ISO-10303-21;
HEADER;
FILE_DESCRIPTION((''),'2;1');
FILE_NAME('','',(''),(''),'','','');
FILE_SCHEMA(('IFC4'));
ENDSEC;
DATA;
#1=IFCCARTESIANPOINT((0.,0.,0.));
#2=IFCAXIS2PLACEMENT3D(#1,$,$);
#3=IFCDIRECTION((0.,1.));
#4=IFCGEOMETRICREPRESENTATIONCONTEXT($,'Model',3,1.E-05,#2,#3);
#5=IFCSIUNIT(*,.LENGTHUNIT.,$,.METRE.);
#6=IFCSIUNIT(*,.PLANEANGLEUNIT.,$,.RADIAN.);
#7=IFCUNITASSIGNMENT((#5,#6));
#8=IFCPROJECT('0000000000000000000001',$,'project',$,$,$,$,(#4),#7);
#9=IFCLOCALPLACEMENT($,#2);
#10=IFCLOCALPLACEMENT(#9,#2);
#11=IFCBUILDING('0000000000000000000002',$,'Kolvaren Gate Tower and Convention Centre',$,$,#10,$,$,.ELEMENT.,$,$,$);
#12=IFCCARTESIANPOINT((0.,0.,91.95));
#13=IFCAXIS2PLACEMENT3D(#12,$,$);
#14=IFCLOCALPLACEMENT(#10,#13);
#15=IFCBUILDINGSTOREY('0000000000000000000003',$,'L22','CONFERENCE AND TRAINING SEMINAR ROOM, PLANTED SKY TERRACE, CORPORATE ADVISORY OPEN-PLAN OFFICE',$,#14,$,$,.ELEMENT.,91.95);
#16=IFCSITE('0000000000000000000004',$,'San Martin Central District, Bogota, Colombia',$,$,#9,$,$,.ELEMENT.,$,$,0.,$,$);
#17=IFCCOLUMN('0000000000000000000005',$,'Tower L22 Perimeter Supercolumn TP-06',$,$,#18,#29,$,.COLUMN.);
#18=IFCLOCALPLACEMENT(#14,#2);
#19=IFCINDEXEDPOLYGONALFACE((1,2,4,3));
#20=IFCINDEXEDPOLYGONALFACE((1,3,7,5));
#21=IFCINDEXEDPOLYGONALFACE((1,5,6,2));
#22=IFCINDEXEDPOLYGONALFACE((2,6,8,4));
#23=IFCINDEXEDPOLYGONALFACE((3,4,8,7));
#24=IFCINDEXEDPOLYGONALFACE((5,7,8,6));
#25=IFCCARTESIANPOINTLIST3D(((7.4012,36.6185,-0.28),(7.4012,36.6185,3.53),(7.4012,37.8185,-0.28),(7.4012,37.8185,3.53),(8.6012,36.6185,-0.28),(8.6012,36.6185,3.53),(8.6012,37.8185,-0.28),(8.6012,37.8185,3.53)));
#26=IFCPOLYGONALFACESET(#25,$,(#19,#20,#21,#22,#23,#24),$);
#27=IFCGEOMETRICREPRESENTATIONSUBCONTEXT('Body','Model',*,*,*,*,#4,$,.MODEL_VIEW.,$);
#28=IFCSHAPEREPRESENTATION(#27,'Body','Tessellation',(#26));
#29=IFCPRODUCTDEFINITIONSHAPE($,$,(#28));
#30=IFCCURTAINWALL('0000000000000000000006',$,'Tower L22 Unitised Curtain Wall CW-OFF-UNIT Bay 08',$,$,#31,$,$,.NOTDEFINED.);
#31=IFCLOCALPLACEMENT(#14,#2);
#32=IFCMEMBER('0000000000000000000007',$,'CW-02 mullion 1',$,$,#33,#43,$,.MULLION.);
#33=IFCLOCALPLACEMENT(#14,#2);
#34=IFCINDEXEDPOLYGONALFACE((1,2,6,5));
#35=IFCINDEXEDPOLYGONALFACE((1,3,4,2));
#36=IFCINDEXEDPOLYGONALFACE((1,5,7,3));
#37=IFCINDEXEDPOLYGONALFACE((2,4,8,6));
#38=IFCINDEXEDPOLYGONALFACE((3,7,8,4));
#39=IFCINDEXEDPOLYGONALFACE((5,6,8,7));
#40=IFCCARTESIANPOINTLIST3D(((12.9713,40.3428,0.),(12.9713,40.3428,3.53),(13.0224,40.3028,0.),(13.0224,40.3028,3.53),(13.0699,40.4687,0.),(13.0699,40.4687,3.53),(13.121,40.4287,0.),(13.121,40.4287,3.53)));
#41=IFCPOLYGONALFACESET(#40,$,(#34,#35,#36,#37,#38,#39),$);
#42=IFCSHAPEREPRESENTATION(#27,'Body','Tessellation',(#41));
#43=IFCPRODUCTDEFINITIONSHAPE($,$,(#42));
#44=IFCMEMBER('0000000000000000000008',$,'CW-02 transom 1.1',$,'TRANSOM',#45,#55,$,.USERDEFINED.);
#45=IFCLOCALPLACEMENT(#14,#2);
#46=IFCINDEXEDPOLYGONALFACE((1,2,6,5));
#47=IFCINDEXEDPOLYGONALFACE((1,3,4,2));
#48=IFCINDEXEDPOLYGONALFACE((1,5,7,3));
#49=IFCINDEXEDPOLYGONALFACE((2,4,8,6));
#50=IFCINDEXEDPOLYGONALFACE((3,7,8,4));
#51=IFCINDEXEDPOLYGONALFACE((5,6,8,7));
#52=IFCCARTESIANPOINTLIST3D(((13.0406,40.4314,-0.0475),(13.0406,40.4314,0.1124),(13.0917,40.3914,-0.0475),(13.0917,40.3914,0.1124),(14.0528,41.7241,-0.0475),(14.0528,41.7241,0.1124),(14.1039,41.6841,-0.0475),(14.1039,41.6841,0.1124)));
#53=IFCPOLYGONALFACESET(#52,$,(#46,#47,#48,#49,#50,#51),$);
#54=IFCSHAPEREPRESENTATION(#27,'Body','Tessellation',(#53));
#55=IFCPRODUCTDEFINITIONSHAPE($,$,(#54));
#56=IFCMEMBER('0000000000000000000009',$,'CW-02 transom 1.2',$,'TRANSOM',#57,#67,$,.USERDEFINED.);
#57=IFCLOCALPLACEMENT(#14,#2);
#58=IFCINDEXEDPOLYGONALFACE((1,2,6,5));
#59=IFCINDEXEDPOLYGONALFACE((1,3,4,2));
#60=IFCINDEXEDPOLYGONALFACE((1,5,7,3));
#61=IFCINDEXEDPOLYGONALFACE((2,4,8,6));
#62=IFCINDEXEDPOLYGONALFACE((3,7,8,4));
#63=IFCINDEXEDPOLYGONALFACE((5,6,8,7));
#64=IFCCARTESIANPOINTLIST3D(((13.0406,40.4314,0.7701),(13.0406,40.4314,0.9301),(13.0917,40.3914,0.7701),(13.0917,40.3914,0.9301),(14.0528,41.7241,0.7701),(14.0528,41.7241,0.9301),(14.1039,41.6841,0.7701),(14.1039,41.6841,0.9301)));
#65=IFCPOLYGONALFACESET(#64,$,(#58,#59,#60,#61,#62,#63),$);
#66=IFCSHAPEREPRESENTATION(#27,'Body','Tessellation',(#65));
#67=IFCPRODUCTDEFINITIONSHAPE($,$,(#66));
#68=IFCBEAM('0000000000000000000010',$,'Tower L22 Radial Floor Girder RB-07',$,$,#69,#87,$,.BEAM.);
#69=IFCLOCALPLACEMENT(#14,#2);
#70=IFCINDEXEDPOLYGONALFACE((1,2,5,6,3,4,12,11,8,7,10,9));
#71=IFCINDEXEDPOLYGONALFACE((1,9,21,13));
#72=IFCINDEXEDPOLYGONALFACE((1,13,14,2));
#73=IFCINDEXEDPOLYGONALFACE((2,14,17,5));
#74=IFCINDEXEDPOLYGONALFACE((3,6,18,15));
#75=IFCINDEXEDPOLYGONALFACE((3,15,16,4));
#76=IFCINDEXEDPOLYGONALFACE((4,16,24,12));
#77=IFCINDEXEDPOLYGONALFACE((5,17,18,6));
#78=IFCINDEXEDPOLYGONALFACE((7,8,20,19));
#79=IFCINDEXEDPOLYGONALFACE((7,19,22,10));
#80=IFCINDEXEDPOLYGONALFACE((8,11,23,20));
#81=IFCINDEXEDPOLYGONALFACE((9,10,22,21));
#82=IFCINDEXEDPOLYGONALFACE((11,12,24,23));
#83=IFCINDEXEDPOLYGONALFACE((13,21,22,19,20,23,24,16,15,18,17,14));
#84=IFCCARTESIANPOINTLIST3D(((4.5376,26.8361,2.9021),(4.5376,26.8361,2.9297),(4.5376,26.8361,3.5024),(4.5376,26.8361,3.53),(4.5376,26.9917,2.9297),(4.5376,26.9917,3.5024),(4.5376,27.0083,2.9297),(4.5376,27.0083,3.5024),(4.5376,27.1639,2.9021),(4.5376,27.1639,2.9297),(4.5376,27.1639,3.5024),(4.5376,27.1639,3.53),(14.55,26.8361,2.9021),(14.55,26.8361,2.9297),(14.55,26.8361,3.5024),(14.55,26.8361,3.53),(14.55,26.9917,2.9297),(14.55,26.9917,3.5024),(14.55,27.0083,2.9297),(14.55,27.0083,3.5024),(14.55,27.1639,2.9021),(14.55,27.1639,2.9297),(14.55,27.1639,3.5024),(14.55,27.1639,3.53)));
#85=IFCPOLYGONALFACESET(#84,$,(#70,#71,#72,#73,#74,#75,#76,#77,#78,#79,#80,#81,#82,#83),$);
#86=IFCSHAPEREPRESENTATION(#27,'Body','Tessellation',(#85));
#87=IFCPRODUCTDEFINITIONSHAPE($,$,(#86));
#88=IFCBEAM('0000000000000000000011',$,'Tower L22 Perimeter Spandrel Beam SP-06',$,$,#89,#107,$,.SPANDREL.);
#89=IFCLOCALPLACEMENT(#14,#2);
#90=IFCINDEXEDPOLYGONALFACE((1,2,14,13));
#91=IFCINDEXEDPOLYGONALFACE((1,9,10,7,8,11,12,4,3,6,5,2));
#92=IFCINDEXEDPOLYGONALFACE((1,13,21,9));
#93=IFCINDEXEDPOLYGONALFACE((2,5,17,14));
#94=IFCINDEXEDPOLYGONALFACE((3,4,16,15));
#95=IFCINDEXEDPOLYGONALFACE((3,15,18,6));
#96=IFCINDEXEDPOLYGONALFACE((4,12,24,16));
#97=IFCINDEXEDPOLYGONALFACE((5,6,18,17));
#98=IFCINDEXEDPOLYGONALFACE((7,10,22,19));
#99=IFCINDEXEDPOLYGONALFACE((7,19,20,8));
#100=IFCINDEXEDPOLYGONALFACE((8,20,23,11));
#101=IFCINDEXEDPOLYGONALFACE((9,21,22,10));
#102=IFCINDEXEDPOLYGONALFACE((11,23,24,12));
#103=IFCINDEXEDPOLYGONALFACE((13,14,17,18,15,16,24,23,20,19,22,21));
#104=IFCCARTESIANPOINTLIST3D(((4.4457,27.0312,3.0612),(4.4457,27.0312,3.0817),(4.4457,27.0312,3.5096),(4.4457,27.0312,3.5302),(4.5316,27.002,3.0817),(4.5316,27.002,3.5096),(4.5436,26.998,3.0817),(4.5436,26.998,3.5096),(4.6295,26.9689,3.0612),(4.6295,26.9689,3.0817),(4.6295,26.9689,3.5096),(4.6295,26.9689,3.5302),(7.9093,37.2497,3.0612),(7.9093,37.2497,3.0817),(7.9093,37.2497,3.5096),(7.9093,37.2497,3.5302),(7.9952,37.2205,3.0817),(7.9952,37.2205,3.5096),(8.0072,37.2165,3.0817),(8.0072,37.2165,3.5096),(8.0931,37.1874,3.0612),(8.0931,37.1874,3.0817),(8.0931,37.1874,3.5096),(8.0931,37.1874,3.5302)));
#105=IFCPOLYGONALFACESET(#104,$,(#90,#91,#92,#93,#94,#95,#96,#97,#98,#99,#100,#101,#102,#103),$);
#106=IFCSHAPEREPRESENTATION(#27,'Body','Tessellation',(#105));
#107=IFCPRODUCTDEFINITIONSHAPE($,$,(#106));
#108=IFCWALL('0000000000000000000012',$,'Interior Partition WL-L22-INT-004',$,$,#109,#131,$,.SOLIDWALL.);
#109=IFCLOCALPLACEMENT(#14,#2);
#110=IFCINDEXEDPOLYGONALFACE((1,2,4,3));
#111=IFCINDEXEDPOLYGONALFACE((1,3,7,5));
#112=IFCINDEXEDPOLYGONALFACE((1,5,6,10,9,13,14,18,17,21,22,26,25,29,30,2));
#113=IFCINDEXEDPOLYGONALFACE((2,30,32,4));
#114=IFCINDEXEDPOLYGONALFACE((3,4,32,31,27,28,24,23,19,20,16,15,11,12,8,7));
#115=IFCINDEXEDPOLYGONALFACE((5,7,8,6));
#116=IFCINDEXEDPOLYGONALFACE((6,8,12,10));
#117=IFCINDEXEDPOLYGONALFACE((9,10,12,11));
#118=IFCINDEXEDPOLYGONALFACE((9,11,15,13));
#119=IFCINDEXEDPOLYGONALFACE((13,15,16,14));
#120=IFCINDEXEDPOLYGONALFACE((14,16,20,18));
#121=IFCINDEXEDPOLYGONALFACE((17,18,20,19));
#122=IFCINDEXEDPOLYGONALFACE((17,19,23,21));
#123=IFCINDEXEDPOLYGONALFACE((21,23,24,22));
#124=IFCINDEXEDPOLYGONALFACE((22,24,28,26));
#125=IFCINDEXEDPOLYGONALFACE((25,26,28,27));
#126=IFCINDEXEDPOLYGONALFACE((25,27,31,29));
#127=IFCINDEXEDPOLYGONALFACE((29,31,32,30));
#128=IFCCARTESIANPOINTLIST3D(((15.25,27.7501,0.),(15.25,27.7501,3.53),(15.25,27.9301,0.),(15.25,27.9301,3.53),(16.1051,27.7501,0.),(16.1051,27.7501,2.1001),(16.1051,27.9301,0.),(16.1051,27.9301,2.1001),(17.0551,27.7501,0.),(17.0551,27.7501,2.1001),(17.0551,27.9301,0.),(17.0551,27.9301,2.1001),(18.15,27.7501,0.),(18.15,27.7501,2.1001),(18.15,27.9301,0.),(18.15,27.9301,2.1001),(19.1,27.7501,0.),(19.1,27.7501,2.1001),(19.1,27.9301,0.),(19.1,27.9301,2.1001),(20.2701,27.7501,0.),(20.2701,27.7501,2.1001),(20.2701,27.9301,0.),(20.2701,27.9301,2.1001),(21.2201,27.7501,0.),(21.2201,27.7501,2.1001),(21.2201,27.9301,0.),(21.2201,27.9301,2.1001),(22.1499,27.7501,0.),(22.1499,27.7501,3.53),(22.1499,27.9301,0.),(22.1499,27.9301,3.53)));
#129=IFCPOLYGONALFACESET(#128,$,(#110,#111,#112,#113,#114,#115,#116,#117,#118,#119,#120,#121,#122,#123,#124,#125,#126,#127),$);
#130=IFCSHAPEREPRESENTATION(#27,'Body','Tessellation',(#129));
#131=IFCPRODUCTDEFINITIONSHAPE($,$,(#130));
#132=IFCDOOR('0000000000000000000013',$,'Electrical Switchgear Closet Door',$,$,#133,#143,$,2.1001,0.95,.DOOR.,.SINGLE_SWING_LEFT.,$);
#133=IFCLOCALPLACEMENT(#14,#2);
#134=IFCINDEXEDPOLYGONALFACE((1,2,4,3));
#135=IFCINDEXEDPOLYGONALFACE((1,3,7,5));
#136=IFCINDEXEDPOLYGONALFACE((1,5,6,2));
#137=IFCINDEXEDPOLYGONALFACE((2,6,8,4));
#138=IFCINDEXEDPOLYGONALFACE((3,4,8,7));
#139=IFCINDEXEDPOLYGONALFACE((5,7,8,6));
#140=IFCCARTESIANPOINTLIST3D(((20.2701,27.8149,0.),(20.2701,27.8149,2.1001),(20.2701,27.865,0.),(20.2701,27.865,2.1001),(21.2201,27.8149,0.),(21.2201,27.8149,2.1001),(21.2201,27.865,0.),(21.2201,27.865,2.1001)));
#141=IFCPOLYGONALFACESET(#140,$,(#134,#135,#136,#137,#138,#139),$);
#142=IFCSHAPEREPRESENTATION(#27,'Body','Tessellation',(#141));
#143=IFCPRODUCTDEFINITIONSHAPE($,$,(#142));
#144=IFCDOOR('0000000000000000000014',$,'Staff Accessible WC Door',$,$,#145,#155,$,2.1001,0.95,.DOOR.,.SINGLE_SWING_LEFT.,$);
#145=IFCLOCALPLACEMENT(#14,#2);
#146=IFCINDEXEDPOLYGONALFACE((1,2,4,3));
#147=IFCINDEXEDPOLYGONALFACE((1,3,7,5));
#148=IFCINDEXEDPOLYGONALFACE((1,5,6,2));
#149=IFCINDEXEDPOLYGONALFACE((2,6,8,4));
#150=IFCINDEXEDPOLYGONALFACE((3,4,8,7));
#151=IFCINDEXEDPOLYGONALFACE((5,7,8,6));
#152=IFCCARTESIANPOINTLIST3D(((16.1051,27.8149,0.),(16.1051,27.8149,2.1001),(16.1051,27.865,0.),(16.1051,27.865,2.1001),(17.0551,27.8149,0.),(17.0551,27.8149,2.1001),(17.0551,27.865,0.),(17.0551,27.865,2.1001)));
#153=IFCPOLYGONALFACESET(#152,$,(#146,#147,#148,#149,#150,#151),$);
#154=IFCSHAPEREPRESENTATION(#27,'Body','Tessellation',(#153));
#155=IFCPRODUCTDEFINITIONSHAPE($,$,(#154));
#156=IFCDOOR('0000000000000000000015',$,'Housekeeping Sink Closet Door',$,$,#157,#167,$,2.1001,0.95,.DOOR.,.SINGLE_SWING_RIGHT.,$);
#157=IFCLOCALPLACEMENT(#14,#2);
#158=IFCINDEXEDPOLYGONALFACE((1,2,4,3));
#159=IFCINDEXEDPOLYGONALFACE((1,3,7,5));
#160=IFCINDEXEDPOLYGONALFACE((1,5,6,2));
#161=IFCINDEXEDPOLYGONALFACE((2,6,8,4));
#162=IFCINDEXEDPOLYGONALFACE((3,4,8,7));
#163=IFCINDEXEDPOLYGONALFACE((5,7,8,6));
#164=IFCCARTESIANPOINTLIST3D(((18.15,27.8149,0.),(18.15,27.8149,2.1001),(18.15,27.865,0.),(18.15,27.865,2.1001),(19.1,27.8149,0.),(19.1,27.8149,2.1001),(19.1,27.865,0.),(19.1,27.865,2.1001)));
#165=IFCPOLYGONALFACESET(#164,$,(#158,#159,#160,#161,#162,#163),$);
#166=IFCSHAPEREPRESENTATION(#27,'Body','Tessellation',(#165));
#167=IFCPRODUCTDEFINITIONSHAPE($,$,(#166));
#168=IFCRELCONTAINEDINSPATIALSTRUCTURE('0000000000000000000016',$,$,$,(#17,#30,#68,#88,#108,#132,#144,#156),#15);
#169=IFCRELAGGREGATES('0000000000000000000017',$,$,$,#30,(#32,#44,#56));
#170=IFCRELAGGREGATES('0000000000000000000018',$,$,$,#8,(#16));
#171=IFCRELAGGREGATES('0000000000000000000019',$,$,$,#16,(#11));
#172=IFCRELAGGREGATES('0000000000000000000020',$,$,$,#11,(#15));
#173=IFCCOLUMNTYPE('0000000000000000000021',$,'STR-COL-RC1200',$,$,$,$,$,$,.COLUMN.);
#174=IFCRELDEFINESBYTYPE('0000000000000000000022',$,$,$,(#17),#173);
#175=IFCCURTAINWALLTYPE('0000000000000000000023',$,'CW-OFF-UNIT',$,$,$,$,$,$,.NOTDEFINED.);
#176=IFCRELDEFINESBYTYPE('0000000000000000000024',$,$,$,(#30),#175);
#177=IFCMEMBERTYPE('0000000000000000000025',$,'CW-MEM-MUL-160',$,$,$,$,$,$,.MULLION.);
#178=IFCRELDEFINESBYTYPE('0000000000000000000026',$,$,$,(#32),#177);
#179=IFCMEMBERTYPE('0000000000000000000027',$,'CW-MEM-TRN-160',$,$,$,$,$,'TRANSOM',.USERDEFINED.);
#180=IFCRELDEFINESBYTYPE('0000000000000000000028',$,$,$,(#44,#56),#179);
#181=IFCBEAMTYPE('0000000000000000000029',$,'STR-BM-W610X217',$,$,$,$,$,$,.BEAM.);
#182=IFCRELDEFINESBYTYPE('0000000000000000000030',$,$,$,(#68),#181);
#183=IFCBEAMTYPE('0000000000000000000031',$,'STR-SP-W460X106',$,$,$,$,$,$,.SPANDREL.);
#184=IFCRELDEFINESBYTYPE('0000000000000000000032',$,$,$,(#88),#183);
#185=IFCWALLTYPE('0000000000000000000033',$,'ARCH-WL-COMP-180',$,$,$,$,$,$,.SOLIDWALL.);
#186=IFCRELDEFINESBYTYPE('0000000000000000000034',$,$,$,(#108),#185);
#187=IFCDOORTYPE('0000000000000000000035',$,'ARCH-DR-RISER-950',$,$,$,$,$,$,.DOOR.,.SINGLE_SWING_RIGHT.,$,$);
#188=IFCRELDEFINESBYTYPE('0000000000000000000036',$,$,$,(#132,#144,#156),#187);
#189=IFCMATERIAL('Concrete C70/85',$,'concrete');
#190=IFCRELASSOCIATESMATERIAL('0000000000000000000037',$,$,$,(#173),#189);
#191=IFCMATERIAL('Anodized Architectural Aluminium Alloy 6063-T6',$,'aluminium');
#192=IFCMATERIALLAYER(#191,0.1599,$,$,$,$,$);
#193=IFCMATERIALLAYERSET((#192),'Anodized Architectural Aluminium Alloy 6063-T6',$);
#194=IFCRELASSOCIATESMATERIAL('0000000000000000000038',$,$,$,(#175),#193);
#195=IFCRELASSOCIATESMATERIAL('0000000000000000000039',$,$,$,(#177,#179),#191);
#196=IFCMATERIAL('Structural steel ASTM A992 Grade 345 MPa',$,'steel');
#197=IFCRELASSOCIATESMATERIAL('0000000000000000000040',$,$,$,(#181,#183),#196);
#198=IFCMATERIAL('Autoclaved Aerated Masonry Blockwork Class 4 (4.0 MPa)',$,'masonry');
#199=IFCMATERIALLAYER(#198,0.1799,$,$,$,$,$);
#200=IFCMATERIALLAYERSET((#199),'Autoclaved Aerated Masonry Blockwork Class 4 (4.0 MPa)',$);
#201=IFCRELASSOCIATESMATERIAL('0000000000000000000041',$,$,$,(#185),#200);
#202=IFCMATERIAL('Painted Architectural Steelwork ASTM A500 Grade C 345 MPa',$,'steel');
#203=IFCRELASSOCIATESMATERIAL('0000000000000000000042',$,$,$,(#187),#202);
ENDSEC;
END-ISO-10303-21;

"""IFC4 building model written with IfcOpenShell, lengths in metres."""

from ifc_helpers import new_model, si_unit, direction, frame, frame_2d, origin, origin_2d, place, context, subcontext, project, spatial, rectangle, i_section, extrude, material, layer, layer_set, material_profile, profile_set, type_object, element, fill, aggregate, save


model = new_model("IFC4")

# Units and contexts
model_context = context("Model", 3, precision=1e-05, world=origin(), true_north=direction((0.0, 1.0)))
body_context = subcontext(model_context, "Body", "Model", "MODEL_VIEW")
ifc_project = project(units=[si_unit("LENGTHUNIT", "METRE"), si_unit("PLANEANGLEUNIT", "RADIAN")], contexts=[model_context])

# Site, building, storey
site_placement = place(None, origin())
site = spatial("IfcSite", under=ifc_project, at=site_placement, Name="San Martin Central District, Bogota, Colombia", CompositionType="ELEMENT", RefElevation=0.0)
building_placement = place(site_placement, origin())
building = spatial("IfcBuilding", under=site, at=building_placement, Name="Kolvaren Gate Tower and Convention Centre", CompositionType="ELEMENT")
storey_placement = place(building_placement, frame((0.0, 0.0, 91.95)))
storey = spatial("IfcBuildingStorey", under=building, at=storey_placement, Name="L22", Description="CONFERENCE AND TRAINING SEMINAR ROOM, PLANTED SKY TERRACE, CORPORATE ADVISORY OPEN-PLAN OFFICE", CompositionType="ELEMENT", Elevation=91.95)

# Column
ifc_material_1 = material(Name="Concrete C70/85", Category="concrete")
ifc_material_profile_1 = material_profile(ifc_material_1, rectangle(XDim=1.2, YDim=1.2, at=origin_2d()), Name="RC-COL-1200X1200")
ifc_profile_set_1 = profile_set([ifc_material_profile_1], Name="Concrete C70/85")
column_type = type_object("IfcColumnType", Name="STR-COL-RC1200", PredefinedType="COLUMN", material=ifc_profile_set_1)
column_placement = place(storey_placement, frame((8.0012, 37.2185, -0.28), z_axis=(0.0, 0.0, 1.0), x_axis=(1.0, 0.0, 0.0)))
element("IfcColumn", 1, at=column_placement, inside=storey, type_object=column_type, Name="Tower L22 Perimeter Supercolumn TP-06", PredefinedType="COLUMN", context=body_context, shape_type="SweptSolid", body=[
    extrude(rectangle(XDim=1.2, YDim=1.2, at=origin_2d()), origin(), (0.0, 0.0, 1.0), 3.8101),
])

# Curtain wall, members
ifc_material_2 = material(Name="Anodized Architectural Aluminium Alloy 6063-T6", Category="aluminium")
ifc_layer_1 = layer(ifc_material_2, 0.1599)
ifc_layer_set_1 = layer_set([ifc_layer_1], Name="Anodized Architectural Aluminium Alloy 6063-T6")
curtain_wall_type = type_object("IfcCurtainWallType", Name="CW-OFF-UNIT", PredefinedType="NOTDEFINED", material=ifc_layer_set_1)
curtain_wall_placement = place(storey_placement, origin())
curtain_wall = element("IfcCurtainWall", 2, at=curtain_wall_placement, inside=storey, type_object=curtain_wall_type, Name="Tower L22 Unitised Curtain Wall CW-OFF-UNIT Bay 08", PredefinedType="NOTDEFINED")
ifc_material_profile_2 = material_profile(ifc_material_2, rectangle(XDim=0.0649, YDim=0.1599, at=origin_2d()), Name="CW-MEM-MUL-160")
ifc_profile_set_2 = profile_set([ifc_material_profile_2], Name="Anodized Architectural Aluminium Alloy 6063-T6")
member_type_1 = type_object("IfcMemberType", Name="CW-MEM-MUL-160", PredefinedType="MULLION", material=ifc_profile_set_2)
member_1_placement = place(storey_placement, frame((13.0461, 40.3857, 0.0), z_axis=(0.0, 0.0, 1.0), x_axis=(-0.787403, 0.616438, 0.0)))
member_1 = element("IfcMember", 3, at=member_1_placement, type_object=member_type_1, Name="CW-02 mullion 1", PredefinedType="MULLION", context=body_context, shape_type="SweptSolid", body=[
    extrude(rectangle(XDim=0.0649, YDim=0.1599, at=origin_2d()), origin(), (0.0, 0.0, 1.0), 3.53),
])
ifc_material_profile_3 = material_profile(ifc_material_2, rectangle(XDim=0.0649, YDim=0.1599, at=origin_2d()), Name="CW-MEM-TRN-160")
ifc_profile_set_3 = profile_set([ifc_material_profile_3], Name="Anodized Architectural Aluminium Alloy 6063-T6")
member_type_2 = type_object("IfcMemberType", Name="CW-MEM-TRN-160", ElementType="TRANSOM", PredefinedType="USERDEFINED", material=ifc_profile_set_3)
member_2_placement = place(storey_placement, frame((13.0662, 40.4114, 0.0325), z_axis=(0.616501, 0.787354, 0.0), x_axis=(-0.787354, 0.616501, 0.0)))
member_2 = element("IfcMember", 4, at=member_2_placement, type_object=member_type_2, Name="CW-02 transom 1.1", ObjectType="TRANSOM", PredefinedType="USERDEFINED", context=body_context, shape_type="SweptSolid", body=[
    extrude(rectangle(XDim=0.0649, YDim=0.1599, at=origin_2d()), origin(), (0.0, 0.0, 1.0), 1.6418),
])
member_3_placement = place(storey_placement, frame((13.0662, 40.4114, 0.8501), z_axis=(0.616501, 0.787354, 0.0), x_axis=(-0.787354, 0.616501, 0.0)))
member_3 = element("IfcMember", 5, at=member_3_placement, type_object=member_type_2, Name="CW-02 transom 1.2", ObjectType="TRANSOM", PredefinedType="USERDEFINED", context=body_context, shape_type="SweptSolid", body=[
    extrude(rectangle(XDim=0.0649, YDim=0.1599, at=origin_2d()), origin(), (0.0, 0.0, 1.0), 1.6418),
])
aggregate(curtain_wall, [member_1, member_2, member_3])

# Beams
ifc_material_3 = material(Name="Structural steel ASTM A992 Grade 345 MPa", Category="steel")
ifc_material_profile_4 = material_profile(ifc_material_3, i_section(OverallWidth=0.3279, OverallDepth=0.6279, WebThickness=0.0166, FlangeThickness=0.0276, at=origin_2d()), Name="W610X217")
ifc_profile_set_4 = profile_set([ifc_material_profile_4], Name="Structural steel ASTM A992 Grade 345 MPa")
beam_type_1 = type_object("IfcBeamType", Name="STR-BM-W610X217", PredefinedType="BEAM", material=ifc_profile_set_4)
beam_1_placement = place(storey_placement, frame((14.55, 27.0, 3.2161), z_axis=(-1.0, 0.0, 0.0), x_axis=(0.0, -1.0, 0.0)))
element("IfcBeam", 6, at=beam_1_placement, inside=storey, type_object=beam_type_1, Name="Tower L22 Radial Floor Girder RB-07", PredefinedType="BEAM", context=body_context, shape_type="SweptSolid", body=[
    extrude(i_section(OverallWidth=0.3279, OverallDepth=0.6279, WebThickness=0.0166, FlangeThickness=0.0276, at=origin_2d()), origin(), (0.0, 0.0, 1.0), 10.0125),
])
ifc_material_profile_5 = material_profile(ifc_material_3, i_section(OverallWidth=0.1941, OverallDepth=0.469, WebThickness=0.0127, FlangeThickness=0.0205, at=origin_2d()), Name="W460X106")
ifc_profile_set_5 = profile_set([ifc_material_profile_5], Name="Structural steel ASTM A992 Grade 345 MPa")
beam_type_2 = type_object("IfcBeamType", Name="STR-SP-W460X106", PredefinedType="SPANDREL", material=ifc_profile_set_5)
beam_2_placement = place(storey_placement, frame((8.0012, 37.2185, 3.2957), z_axis=(-0.321016, -0.947074, 0.0), x_axis=(0.947074, -0.321016, 0.0)))
element("IfcBeam", 7, at=beam_2_placement, inside=storey, type_object=beam_type_2, Name="Tower L22 Perimeter Spandrel Beam SP-06", PredefinedType="SPANDREL", context=body_context, shape_type="SweptSolid", body=[
    extrude(i_section(OverallWidth=0.1941, OverallDepth=0.469, WebThickness=0.0127, FlangeThickness=0.0205, at=origin_2d()), origin(), (0.0, 0.0, 1.0), 10.7896),
])

# Wall, openings, doors
ifc_material_4 = material(Name="Autoclaved Aerated Masonry Blockwork Class 4 (4.0 MPa)", Category="masonry")
ifc_layer_2 = layer(ifc_material_4, 0.1799)
ifc_layer_set_2 = layer_set([ifc_layer_2], Name="Autoclaved Aerated Masonry Blockwork Class 4 (4.0 MPa)")
wall_type_1 = type_object("IfcWallType", Name="ARCH-WL-COMP-180", PredefinedType="SOLIDWALL", material=ifc_layer_set_2)
wall_1_placement = place(storey_placement, frame((15.25, 27.8401, 0.0), z_axis=(0.0, 0.0, 1.0), x_axis=(1.0, 0.0, 0.0)))
wall_1 = element("IfcWall", 8, at=wall_1_placement, inside=storey, type_object=wall_type_1, Name="Interior Partition WL-L22-INT-004", PredefinedType="SOLIDWALL", context=body_context, shape_type="SweptSolid", body=[
    extrude(rectangle(XDim=6.8999, YDim=0.1799, at=frame_2d((3.45, 0.0))), origin(), (0.0, 0.0, 1.0), 3.53),
])
opening_1_placement = place(wall_1_placement, frame((5.02, 0.0, 0.0)))
opening_1 = element("IfcOpeningElement", 9, at=opening_1_placement, cuts=wall_1, PredefinedType="OPENING", context=body_context, shape_type="SweptSolid", body=[
    extrude(rectangle(XDim=0.95, YDim=2.1001, at=frame_2d((0.4751, 1.05))), frame((0.0, 0.0999, 0.0), z_axis=(0.0, -1.0, 0.0), x_axis=(1.0, 0.0, 0.0)), (0.0, 0.0, 1.0), 0.2),
])
opening_2_placement = place(wall_1_placement, frame((0.855, 0.0, 0.0)))
opening_2 = element("IfcOpeningElement", 10, at=opening_2_placement, cuts=wall_1, PredefinedType="OPENING", context=body_context, shape_type="SweptSolid", body=[
    extrude(rectangle(XDim=0.95, YDim=2.1001, at=frame_2d((0.4751, 1.05))), frame((0.0, 0.0999, 0.0), z_axis=(0.0, -1.0, 0.0), x_axis=(1.0, 0.0, 0.0)), (0.0, 0.0, 1.0), 0.2),
])
opening_3_placement = place(wall_1_placement, frame((2.8999, 0.0, 0.0)))
opening_3 = element("IfcOpeningElement", 11, at=opening_3_placement, cuts=wall_1, PredefinedType="OPENING", context=body_context, shape_type="SweptSolid", body=[
    extrude(rectangle(XDim=0.95, YDim=2.1001, at=frame_2d((0.4751, 1.05))), frame((0.0, 0.0999, 0.0), z_axis=(0.0, -1.0, 0.0), x_axis=(1.0, 0.0, 0.0)), (0.0, 0.0, 1.0), 0.2),
])
ifc_material_5 = material(Name="Painted Architectural Steelwork ASTM A500 Grade C 345 MPa", Category="steel")
door_type_1 = type_object("IfcDoorType", Name="ARCH-DR-RISER-950", OperationType="SINGLE_SWING_RIGHT", PredefinedType="DOOR", material=ifc_material_5)
door_1_placement = place(opening_1_placement, origin())
door_1 = element("IfcDoor", 12, at=door_1_placement, inside=storey, type_object=door_type_1, Name="Electrical Switchgear Closet Door", OperationType="SINGLE_SWING_LEFT", OverallHeight=2.1001, OverallWidth=0.95, PredefinedType="DOOR", context=body_context, shape_type="SweptSolid", body=[
    extrude(rectangle(XDim=0.95, YDim=2.1001, at=frame_2d((0.4751, 1.05))), frame((0.0, 0.0249, 0.0), z_axis=(0.0, -1.0, 0.0), x_axis=(1.0, 0.0, 0.0)), (0.0, 0.0, 1.0), 0.05),
])
fill(opening_1, door_1)
door_2_placement = place(opening_2_placement, origin())
door_2 = element("IfcDoor", 13, at=door_2_placement, inside=storey, type_object=door_type_1, Name="Staff Accessible WC Door", OperationType="SINGLE_SWING_LEFT", OverallHeight=2.1001, OverallWidth=0.95, PredefinedType="DOOR", context=body_context, shape_type="SweptSolid", body=[
    extrude(rectangle(XDim=0.95, YDim=2.1001, at=frame_2d((0.4751, 1.05))), frame((0.0, 0.0249, 0.0), z_axis=(0.0, -1.0, 0.0), x_axis=(1.0, 0.0, 0.0)), (0.0, 0.0, 1.0), 0.05),
])
fill(opening_2, door_2)
door_3_placement = place(opening_3_placement, origin())
door_3 = element("IfcDoor", 14, at=door_3_placement, inside=storey, type_object=door_type_1, Name="Housekeeping Sink Closet Door", OperationType="SINGLE_SWING_RIGHT", OverallHeight=2.1001, OverallWidth=0.95, PredefinedType="DOOR", context=body_context, shape_type="SweptSolid", body=[
    extrude(rectangle(XDim=0.95, YDim=2.1001, at=frame_2d((0.4751, 1.05))), frame((0.0, 0.0249, 0.0), z_axis=(0.0, -1.0, 0.0), x_axis=(1.0, 0.0, 0.0)), (0.0, 0.0, 1.0), 0.05),
])
fill(opening_3, door_3)

save(model, "model.ifc")
